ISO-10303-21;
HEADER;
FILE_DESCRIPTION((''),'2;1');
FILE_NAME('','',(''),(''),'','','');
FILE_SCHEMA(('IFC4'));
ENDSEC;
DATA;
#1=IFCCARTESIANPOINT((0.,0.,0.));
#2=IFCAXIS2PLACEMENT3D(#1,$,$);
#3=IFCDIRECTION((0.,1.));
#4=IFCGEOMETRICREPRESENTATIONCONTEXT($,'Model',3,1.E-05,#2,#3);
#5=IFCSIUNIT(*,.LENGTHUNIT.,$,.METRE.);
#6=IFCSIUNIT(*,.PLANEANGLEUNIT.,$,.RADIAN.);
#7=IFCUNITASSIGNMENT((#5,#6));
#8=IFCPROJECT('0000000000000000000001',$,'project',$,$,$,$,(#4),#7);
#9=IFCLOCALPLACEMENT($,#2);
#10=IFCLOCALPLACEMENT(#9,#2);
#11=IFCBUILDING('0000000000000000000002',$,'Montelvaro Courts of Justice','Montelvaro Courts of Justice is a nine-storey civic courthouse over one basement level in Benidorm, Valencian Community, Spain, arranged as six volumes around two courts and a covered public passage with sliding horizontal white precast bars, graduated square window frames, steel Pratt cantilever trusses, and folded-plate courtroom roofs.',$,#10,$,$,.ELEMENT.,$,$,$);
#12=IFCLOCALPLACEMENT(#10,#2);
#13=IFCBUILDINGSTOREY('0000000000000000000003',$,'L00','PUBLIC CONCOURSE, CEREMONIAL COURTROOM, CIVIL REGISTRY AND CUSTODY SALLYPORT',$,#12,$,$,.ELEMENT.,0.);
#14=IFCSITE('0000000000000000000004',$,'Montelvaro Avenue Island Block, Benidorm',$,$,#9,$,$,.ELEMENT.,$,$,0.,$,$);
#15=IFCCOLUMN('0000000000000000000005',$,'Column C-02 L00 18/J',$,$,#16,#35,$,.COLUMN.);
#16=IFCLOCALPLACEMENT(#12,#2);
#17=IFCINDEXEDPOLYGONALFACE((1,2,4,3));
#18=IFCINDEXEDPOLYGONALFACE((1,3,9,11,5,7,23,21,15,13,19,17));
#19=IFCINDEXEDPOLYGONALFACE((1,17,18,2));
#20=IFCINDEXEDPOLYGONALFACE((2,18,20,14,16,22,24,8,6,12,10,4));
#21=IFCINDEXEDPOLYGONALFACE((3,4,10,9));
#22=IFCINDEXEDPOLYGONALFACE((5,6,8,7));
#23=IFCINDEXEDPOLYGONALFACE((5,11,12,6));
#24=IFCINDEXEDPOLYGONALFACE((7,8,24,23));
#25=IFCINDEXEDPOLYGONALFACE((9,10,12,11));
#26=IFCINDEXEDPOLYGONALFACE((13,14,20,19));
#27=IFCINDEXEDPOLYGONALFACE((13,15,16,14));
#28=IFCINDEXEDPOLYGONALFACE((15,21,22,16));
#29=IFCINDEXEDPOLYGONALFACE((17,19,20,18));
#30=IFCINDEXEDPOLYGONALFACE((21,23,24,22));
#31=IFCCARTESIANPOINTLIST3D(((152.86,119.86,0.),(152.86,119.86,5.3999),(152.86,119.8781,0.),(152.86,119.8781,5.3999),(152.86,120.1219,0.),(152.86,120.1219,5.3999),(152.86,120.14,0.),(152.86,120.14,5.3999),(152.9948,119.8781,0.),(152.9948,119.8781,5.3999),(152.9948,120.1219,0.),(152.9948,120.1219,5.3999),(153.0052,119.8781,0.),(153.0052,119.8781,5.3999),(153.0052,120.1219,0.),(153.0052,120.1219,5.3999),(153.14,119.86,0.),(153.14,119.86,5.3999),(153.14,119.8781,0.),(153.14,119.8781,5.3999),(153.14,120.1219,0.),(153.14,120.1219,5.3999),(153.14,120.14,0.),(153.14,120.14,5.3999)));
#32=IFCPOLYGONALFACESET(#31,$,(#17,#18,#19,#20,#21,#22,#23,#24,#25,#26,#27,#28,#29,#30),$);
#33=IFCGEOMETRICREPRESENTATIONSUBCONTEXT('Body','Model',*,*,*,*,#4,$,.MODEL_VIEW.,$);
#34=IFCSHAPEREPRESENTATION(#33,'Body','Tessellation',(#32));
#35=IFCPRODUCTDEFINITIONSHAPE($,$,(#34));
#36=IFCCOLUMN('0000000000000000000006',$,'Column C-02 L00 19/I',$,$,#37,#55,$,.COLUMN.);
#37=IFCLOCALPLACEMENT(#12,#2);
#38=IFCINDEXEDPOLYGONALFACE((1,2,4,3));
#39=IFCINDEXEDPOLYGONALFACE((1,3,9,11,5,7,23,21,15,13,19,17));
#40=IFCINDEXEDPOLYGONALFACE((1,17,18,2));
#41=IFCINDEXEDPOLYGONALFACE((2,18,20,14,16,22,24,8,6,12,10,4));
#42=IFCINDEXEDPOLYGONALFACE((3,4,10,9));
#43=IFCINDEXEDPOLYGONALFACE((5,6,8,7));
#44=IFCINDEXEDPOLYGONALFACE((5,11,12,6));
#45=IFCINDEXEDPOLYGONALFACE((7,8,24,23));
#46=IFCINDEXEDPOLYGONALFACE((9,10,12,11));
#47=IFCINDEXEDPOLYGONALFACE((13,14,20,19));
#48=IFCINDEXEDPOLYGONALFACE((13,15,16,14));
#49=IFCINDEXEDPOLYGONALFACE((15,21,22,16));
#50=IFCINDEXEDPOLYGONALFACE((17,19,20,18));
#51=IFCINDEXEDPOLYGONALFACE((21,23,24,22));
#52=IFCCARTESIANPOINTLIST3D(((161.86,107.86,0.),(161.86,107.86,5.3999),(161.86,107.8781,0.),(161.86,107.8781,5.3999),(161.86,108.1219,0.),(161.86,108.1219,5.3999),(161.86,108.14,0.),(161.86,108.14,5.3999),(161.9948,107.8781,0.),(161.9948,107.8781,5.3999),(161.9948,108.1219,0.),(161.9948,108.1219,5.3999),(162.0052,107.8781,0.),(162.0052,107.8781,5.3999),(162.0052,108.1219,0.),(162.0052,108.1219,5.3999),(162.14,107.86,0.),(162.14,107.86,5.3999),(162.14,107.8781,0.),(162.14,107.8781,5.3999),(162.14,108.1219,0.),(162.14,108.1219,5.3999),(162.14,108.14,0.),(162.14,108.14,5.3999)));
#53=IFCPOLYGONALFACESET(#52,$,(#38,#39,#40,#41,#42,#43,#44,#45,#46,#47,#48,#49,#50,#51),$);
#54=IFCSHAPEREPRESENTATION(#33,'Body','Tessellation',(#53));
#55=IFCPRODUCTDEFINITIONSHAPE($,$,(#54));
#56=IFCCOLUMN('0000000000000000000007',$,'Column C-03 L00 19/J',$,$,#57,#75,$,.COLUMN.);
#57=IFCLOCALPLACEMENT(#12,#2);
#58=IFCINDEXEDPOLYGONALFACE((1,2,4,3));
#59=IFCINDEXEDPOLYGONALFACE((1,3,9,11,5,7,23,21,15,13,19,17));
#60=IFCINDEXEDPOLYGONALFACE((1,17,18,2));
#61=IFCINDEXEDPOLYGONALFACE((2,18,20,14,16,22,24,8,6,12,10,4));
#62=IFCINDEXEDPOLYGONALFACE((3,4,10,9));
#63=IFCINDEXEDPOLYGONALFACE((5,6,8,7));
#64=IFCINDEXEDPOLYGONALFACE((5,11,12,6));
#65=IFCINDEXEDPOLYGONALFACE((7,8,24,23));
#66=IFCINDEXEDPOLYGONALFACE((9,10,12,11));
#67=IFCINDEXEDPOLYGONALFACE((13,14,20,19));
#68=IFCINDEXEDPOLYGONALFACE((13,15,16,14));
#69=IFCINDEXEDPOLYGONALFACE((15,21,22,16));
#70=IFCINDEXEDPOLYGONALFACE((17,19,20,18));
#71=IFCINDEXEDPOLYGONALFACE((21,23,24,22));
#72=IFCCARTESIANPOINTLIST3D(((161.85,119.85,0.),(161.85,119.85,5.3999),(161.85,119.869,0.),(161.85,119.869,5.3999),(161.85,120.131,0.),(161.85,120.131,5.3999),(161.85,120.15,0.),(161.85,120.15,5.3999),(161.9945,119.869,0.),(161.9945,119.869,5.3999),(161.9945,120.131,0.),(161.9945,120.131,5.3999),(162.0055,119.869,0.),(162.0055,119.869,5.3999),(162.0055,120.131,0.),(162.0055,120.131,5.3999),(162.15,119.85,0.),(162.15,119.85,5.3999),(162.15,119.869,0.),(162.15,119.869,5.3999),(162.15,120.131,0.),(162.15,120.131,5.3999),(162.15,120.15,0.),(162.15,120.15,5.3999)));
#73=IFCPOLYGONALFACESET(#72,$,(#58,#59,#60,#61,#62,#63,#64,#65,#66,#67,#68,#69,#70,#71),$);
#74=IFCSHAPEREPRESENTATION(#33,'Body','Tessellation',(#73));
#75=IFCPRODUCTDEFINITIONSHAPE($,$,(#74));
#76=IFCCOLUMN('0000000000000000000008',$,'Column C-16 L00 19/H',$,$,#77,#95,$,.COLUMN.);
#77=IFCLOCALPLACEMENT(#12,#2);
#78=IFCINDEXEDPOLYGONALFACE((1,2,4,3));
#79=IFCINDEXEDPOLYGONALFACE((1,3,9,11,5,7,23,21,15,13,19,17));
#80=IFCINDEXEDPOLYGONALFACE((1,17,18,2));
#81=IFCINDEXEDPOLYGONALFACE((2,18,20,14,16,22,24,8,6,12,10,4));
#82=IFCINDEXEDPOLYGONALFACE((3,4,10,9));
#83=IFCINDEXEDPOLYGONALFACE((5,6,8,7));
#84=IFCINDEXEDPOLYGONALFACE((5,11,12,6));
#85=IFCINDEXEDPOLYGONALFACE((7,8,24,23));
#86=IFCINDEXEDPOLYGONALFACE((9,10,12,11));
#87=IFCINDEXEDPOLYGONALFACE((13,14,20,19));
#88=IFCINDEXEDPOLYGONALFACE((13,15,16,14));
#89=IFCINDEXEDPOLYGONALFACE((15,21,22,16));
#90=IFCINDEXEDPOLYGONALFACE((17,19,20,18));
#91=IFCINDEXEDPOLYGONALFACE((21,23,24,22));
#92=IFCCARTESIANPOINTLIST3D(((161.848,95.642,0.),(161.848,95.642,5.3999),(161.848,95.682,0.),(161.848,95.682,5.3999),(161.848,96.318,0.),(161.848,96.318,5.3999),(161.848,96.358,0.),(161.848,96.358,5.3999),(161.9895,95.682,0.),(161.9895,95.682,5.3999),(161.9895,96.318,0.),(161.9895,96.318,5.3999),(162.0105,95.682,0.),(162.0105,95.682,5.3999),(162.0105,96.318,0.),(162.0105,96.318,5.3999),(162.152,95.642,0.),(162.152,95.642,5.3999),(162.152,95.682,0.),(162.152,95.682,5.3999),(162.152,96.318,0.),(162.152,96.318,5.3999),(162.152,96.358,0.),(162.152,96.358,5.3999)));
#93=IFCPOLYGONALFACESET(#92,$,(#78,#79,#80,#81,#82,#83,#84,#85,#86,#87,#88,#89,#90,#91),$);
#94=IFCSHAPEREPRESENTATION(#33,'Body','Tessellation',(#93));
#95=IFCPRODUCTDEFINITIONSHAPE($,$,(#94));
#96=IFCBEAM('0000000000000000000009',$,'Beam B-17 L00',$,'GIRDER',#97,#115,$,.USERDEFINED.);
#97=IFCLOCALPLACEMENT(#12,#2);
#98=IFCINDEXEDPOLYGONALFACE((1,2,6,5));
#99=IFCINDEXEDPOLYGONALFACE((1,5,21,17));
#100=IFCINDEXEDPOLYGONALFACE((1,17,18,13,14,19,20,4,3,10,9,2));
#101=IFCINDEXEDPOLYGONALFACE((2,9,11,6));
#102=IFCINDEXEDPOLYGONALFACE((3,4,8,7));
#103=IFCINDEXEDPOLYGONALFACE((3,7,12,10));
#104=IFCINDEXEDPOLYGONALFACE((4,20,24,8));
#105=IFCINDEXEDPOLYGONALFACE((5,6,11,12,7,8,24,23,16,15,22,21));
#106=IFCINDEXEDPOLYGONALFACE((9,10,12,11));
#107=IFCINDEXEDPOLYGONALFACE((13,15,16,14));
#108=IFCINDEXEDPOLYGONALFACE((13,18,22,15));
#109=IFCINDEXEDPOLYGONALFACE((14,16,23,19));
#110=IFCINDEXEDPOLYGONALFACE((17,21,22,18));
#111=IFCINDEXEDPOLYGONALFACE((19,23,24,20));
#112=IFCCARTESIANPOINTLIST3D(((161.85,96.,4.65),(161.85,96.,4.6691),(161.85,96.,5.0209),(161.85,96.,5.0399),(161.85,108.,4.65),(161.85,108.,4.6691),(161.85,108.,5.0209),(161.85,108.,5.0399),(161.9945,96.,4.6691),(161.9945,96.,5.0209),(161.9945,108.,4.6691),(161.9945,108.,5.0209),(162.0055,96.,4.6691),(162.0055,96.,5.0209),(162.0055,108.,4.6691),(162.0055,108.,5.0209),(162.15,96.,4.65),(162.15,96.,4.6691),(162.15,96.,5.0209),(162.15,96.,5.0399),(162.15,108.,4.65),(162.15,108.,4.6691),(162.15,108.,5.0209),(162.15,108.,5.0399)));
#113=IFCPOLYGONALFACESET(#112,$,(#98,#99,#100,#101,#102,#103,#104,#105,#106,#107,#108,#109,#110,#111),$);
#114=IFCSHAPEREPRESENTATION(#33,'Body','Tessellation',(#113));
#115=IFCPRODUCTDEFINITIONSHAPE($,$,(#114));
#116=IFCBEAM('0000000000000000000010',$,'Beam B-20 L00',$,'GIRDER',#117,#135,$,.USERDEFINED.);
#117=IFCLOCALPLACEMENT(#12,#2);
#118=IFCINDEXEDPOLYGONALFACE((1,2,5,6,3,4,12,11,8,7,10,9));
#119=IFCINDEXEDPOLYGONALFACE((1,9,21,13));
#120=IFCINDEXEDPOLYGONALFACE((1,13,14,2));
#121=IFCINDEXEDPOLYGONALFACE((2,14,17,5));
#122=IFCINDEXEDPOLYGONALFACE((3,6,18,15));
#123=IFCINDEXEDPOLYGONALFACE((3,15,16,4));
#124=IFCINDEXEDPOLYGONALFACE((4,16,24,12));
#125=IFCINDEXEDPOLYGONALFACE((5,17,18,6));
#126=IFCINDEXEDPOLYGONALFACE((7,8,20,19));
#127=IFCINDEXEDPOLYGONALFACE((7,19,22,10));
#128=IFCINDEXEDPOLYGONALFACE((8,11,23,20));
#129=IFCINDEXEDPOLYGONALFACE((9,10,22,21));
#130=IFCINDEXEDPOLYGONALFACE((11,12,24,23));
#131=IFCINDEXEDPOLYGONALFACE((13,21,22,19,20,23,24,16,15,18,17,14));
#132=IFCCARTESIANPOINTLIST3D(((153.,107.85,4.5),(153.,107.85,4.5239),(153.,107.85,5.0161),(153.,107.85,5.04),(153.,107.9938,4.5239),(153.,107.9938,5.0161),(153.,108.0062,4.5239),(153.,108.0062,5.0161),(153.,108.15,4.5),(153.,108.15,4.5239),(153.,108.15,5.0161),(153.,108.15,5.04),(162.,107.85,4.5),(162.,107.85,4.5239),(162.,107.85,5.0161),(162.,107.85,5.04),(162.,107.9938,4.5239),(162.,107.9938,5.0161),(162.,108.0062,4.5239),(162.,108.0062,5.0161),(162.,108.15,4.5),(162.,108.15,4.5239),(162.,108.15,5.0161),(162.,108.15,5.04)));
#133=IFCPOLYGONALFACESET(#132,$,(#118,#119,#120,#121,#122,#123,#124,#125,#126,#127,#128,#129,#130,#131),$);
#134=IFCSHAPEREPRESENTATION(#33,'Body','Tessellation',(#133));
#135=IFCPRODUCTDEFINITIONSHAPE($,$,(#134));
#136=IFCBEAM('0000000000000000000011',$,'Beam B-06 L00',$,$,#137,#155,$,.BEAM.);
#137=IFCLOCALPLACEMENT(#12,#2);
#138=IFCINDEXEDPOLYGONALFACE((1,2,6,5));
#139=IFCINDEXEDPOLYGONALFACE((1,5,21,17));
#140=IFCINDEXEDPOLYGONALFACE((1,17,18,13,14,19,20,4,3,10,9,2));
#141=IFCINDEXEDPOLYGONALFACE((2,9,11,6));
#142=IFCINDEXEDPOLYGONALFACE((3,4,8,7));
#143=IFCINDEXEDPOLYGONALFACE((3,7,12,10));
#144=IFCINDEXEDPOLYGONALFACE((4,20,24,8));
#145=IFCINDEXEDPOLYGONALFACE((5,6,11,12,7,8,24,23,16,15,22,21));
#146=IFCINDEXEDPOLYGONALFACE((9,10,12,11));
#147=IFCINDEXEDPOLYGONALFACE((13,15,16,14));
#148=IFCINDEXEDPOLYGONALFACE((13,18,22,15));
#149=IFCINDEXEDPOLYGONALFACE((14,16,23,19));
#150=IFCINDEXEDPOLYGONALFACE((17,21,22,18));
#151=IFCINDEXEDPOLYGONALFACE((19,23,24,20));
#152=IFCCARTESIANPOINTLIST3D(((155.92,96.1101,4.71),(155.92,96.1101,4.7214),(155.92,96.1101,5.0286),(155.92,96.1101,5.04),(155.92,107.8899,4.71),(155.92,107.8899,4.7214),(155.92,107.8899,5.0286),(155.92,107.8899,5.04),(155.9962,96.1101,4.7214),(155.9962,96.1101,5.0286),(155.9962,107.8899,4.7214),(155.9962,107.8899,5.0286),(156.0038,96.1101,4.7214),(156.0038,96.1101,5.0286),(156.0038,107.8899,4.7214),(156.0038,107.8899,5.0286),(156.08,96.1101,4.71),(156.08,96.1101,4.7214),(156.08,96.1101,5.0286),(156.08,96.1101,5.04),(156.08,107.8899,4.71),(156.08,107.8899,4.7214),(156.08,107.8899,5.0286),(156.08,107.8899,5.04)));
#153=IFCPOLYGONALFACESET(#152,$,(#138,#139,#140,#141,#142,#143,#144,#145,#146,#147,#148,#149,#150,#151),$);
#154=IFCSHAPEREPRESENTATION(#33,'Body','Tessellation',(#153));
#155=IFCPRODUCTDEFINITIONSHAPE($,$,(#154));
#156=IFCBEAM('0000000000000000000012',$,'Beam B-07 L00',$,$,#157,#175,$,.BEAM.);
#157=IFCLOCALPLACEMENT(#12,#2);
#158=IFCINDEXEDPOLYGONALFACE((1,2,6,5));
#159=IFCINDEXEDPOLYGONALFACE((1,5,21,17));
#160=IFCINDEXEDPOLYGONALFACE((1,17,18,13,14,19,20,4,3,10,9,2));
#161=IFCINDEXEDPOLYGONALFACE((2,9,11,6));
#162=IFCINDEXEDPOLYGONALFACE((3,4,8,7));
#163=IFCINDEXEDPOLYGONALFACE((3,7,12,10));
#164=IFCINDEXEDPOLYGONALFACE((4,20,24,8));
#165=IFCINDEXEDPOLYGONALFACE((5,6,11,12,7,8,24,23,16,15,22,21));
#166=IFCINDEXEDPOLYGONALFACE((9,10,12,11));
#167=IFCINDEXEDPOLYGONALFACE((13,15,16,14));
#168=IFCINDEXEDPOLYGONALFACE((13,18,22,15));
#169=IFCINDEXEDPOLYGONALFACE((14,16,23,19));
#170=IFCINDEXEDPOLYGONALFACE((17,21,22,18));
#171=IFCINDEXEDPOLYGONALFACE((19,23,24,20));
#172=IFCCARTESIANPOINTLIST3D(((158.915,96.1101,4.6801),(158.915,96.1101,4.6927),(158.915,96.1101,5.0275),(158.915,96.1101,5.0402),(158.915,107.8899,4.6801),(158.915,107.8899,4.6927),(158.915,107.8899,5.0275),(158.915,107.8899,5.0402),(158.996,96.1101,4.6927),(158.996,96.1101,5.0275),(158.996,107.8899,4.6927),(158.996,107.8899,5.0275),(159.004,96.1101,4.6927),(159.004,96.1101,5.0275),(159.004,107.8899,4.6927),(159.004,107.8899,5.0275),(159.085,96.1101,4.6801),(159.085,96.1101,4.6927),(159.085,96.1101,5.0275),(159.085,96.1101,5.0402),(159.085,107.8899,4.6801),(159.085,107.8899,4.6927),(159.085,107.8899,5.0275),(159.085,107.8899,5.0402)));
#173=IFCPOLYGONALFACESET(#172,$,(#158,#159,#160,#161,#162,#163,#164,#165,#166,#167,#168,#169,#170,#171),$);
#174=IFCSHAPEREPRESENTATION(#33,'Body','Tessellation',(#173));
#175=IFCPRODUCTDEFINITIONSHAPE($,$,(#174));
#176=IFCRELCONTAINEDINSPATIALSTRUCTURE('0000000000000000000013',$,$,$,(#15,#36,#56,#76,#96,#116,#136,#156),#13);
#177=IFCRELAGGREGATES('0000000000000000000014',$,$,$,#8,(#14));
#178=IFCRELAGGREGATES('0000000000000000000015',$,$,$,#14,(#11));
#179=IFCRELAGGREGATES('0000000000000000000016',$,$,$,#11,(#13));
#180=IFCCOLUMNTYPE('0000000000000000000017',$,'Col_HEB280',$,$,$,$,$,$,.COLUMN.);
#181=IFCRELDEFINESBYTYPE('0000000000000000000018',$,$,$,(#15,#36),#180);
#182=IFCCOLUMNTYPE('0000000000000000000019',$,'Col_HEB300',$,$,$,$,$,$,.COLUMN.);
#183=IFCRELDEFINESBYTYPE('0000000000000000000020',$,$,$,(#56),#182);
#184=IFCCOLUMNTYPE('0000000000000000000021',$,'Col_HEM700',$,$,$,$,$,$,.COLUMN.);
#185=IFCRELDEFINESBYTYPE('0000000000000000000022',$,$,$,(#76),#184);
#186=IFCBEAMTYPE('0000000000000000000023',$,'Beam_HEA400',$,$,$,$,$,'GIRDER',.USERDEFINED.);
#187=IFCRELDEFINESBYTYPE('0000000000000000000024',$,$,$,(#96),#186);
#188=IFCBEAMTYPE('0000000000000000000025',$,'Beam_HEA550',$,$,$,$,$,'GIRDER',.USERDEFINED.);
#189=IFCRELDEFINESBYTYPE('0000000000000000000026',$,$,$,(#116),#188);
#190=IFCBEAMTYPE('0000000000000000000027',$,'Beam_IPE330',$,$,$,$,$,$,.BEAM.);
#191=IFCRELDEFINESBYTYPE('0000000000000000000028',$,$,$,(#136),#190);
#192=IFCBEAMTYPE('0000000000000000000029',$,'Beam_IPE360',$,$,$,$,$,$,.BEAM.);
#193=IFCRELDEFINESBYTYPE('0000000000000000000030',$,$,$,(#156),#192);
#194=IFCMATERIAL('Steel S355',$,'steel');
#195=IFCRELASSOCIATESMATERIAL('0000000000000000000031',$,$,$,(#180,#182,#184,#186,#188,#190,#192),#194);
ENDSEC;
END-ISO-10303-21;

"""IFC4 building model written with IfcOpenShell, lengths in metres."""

from ifc_helpers import new_model, si_unit, direction, frame, origin, origin_2d, place, context, subcontext, project, spatial, i_section, extrude, material, material_profile, profile_set, type_object, element, save


model = new_model("IFC4")

# Units and contexts
model_context = context("Model", 3, precision=1e-05, world=origin(), true_north=direction((0.0, 1.0)))
body_context = subcontext(model_context, "Body", "Model", "MODEL_VIEW")
ifc_project = project(units=[si_unit("LENGTHUNIT", "METRE"), si_unit("PLANEANGLEUNIT", "RADIAN")], contexts=[model_context])

# Site, building, storey
site_placement = place(None, origin())
site = spatial("IfcSite", under=ifc_project, at=site_placement, Name="Montelvaro Avenue Island Block, Benidorm", CompositionType="ELEMENT", RefElevation=0.0)
building_placement = place(site_placement, origin())
building = spatial("IfcBuilding", under=site, at=building_placement, Name="Montelvaro Courts of Justice", Description="Montelvaro Courts of Justice is a nine-storey civic courthouse over one basement level in Benidorm, Valencian Community, Spain, arranged as six volumes around two courts and a covered public passage with sliding horizontal white precast bars, graduated square window frames, steel Pratt cantilever trusses, and folded-plate courtroom roofs.", CompositionType="ELEMENT")
storey_placement = place(building_placement, origin())
storey = spatial("IfcBuildingStorey", under=building, at=storey_placement, Name="L00", Description="PUBLIC CONCOURSE, CEREMONIAL COURTROOM, CIVIL REGISTRY AND CUSTODY SALLYPORT", CompositionType="ELEMENT", Elevation=0.0)

# Columns
ifc_material_1 = material(Name="Steel S355", Category="steel")
ifc_material_profile_1 = material_profile(ifc_material_1, i_section(OverallWidth=0.28, OverallDepth=0.28, WebThickness=0.0105, FlangeThickness=0.0181, at=origin_2d()), Name="HEB 280")
ifc_profile_set_1 = profile_set([ifc_material_profile_1], Name="Steel S355")
column_type_1 = type_object("IfcColumnType", Name="Col_HEB280", PredefinedType="COLUMN", material=ifc_profile_set_1)
for number, where, z_axis, x_axis, name in (
    (1, (153.0, 120.0, 0.0), (0.0, 0.0, 1.0), (1.0, 0.0, 0.0), "Column C-02 L00 18/J"),
    (2, (162.0, 108.0, 0.0), (0.0, 0.0, 1.0), (1.0, 0.0, 0.0), "Column C-02 L00 19/I"),
):
    element("IfcColumn", number, at=place(storey_placement, frame(where, z_axis=z_axis, x_axis=x_axis)), inside=storey, type_object=column_type_1, Name=name, PredefinedType="COLUMN", context=body_context, shape_type="SweptSolid", body=[
        extrude(i_section(OverallWidth=0.28, OverallDepth=0.28, WebThickness=0.0105, FlangeThickness=0.0181, at=origin_2d()), origin(), (0.0, 0.0, 1.0), 5.3999),
    ])
ifc_material_profile_2 = material_profile(ifc_material_1, i_section(OverallWidth=0.3, OverallDepth=0.3, WebThickness=0.011, FlangeThickness=0.019, at=origin_2d()), Name="HEB 300")
ifc_profile_set_2 = profile_set([ifc_material_profile_2], Name="Steel S355")
column_type_2 = type_object("IfcColumnType", Name="Col_HEB300", PredefinedType="COLUMN", material=ifc_profile_set_2)
column_1_placement = place(storey_placement, frame((162.0, 120.0, 0.0), z_axis=(0.0, 0.0, 1.0), x_axis=(1.0, 0.0, 0.0)))
element("IfcColumn", 3, at=column_1_placement, inside=storey, type_object=column_type_2, Name="Column C-03 L00 19/J", PredefinedType="COLUMN", context=body_context, shape_type="SweptSolid", body=[
    extrude(i_section(OverallWidth=0.3, OverallDepth=0.3, WebThickness=0.011, FlangeThickness=0.019, at=origin_2d()), origin(), (0.0, 0.0, 1.0), 5.3999),
])
ifc_material_profile_3 = material_profile(ifc_material_1, i_section(OverallWidth=0.304, OverallDepth=0.7161, WebThickness=0.021, FlangeThickness=0.04, at=origin_2d()), Name="HEM 700")
ifc_profile_set_3 = profile_set([ifc_material_profile_3], Name="Steel S355")
column_type_3 = type_object("IfcColumnType", Name="Col_HEM700", PredefinedType="COLUMN", material=ifc_profile_set_3)
column_2_placement = place(storey_placement, frame((162.0, 96.0, 0.0), z_axis=(0.0, 0.0, 1.0), x_axis=(1.0, 0.0, 0.0)))
element("IfcColumn", 4, at=column_2_placement, inside=storey, type_object=column_type_3, Name="Column C-16 L00 19/H", PredefinedType="COLUMN", context=body_context, shape_type="SweptSolid", body=[
    extrude(i_section(OverallWidth=0.304, OverallDepth=0.7161, WebThickness=0.021, FlangeThickness=0.04, at=origin_2d()), origin(), (0.0, 0.0, 1.0), 5.3999),
])

# Beams
ifc_material_profile_4 = material_profile(ifc_material_1, i_section(OverallWidth=0.3, OverallDepth=0.3899, WebThickness=0.011, FlangeThickness=0.019, at=origin_2d()), Name="HEA 400")
ifc_profile_set_4 = profile_set([ifc_material_profile_4], Name="Steel S355")
beam_type_1 = type_object("IfcBeamType", Name="Beam_HEA400", ElementType="GIRDER", PredefinedType="USERDEFINED", material=ifc_profile_set_4)
beam_1_placement = place(storey_placement, frame((162.0, 96.0, 4.845), z_axis=(0.0, 1.0, 0.0), x_axis=(-1.0, 0.0, 0.0)))
element("IfcBeam", 5, at=beam_1_placement, inside=storey, type_object=beam_type_1, Name="Beam B-17 L00", ObjectType="GIRDER", PredefinedType="USERDEFINED", context=body_context, shape_type="SweptSolid", body=[
    extrude(i_section(OverallWidth=0.3, OverallDepth=0.3899, WebThickness=0.011, FlangeThickness=0.019, at=origin_2d()), origin(), (0.0, 0.0, 1.0), 12.0),
])
ifc_material_profile_5 = material_profile(ifc_material_1, i_section(OverallWidth=0.3, OverallDepth=0.54, WebThickness=0.0125, FlangeThickness=0.0239, at=origin_2d()), Name="HEA 550")
ifc_profile_set_5 = profile_set([ifc_material_profile_5], Name="Steel S355")
beam_type_2 = type_object("IfcBeamType", Name="Beam_HEA550", ElementType="GIRDER", PredefinedType="USERDEFINED", material=ifc_profile_set_5)
beam_2_placement = place(storey_placement, frame((153.0, 108.0, 4.77), z_axis=(1.0, 0.0, 0.0), x_axis=(0.0, 1.0, 0.0)))
element("IfcBeam", 6, at=beam_2_placement, inside=storey, type_object=beam_type_2, Name="Beam B-20 L00", ObjectType="GIRDER", PredefinedType="USERDEFINED", context=body_context, shape_type="SweptSolid", body=[
    extrude(i_section(OverallWidth=0.3, OverallDepth=0.54, WebThickness=0.0125, FlangeThickness=0.0239, at=origin_2d()), origin(), (0.0, 0.0, 1.0), 9.0),
])
ifc_material_profile_6 = material_profile(ifc_material_1, i_section(OverallWidth=0.1599, OverallDepth=0.3301, WebThickness=0.0076, FlangeThickness=0.0115, at=origin_2d()), Name="IPE 330")
ifc_profile_set_6 = profile_set([ifc_material_profile_6], Name="Steel S355")
beam_type_3 = type_object("IfcBeamType", Name="Beam_IPE330", PredefinedType="BEAM", material=ifc_profile_set_6)
beam_3_placement = place(storey_placement, frame((156.0, 96.1101, 4.875), z_axis=(0.0, 1.0, 0.0), x_axis=(-1.0, 0.0, 0.0)))
element("IfcBeam", 7, at=beam_3_placement, inside=storey, type_object=beam_type_3, Name="Beam B-06 L00", PredefinedType="BEAM", context=body_context, shape_type="SweptSolid", body=[
    extrude(i_section(OverallWidth=0.1599, OverallDepth=0.3301, WebThickness=0.0076, FlangeThickness=0.0115, at=origin_2d()), origin(), (0.0, 0.0, 1.0), 11.7798),
])
ifc_material_profile_7 = material_profile(ifc_material_1, i_section(OverallWidth=0.1699, OverallDepth=0.3601, WebThickness=0.0081, FlangeThickness=0.0127, at=origin_2d()), Name="IPE 360")
ifc_profile_set_7 = profile_set([ifc_material_profile_7], Name="Steel S355")
beam_type_4 = type_object("IfcBeamType", Name="Beam_IPE360", PredefinedType="BEAM", material=ifc_profile_set_7)
beam_4_placement = place(storey_placement, frame((159.0, 96.1101, 4.8601), z_axis=(0.0, 1.0, 0.0), x_axis=(-1.0, 0.0, 0.0)))
element("IfcBeam", 8, at=beam_4_placement, inside=storey, type_object=beam_type_4, Name="Beam B-07 L00", PredefinedType="BEAM", context=body_context, shape_type="SweptSolid", body=[
    extrude(i_section(OverallWidth=0.1699, OverallDepth=0.3601, WebThickness=0.0081, FlangeThickness=0.0127, at=origin_2d()), origin(), (0.0, 0.0, 1.0), 11.7798),
])

save(model, "model.ifc")
